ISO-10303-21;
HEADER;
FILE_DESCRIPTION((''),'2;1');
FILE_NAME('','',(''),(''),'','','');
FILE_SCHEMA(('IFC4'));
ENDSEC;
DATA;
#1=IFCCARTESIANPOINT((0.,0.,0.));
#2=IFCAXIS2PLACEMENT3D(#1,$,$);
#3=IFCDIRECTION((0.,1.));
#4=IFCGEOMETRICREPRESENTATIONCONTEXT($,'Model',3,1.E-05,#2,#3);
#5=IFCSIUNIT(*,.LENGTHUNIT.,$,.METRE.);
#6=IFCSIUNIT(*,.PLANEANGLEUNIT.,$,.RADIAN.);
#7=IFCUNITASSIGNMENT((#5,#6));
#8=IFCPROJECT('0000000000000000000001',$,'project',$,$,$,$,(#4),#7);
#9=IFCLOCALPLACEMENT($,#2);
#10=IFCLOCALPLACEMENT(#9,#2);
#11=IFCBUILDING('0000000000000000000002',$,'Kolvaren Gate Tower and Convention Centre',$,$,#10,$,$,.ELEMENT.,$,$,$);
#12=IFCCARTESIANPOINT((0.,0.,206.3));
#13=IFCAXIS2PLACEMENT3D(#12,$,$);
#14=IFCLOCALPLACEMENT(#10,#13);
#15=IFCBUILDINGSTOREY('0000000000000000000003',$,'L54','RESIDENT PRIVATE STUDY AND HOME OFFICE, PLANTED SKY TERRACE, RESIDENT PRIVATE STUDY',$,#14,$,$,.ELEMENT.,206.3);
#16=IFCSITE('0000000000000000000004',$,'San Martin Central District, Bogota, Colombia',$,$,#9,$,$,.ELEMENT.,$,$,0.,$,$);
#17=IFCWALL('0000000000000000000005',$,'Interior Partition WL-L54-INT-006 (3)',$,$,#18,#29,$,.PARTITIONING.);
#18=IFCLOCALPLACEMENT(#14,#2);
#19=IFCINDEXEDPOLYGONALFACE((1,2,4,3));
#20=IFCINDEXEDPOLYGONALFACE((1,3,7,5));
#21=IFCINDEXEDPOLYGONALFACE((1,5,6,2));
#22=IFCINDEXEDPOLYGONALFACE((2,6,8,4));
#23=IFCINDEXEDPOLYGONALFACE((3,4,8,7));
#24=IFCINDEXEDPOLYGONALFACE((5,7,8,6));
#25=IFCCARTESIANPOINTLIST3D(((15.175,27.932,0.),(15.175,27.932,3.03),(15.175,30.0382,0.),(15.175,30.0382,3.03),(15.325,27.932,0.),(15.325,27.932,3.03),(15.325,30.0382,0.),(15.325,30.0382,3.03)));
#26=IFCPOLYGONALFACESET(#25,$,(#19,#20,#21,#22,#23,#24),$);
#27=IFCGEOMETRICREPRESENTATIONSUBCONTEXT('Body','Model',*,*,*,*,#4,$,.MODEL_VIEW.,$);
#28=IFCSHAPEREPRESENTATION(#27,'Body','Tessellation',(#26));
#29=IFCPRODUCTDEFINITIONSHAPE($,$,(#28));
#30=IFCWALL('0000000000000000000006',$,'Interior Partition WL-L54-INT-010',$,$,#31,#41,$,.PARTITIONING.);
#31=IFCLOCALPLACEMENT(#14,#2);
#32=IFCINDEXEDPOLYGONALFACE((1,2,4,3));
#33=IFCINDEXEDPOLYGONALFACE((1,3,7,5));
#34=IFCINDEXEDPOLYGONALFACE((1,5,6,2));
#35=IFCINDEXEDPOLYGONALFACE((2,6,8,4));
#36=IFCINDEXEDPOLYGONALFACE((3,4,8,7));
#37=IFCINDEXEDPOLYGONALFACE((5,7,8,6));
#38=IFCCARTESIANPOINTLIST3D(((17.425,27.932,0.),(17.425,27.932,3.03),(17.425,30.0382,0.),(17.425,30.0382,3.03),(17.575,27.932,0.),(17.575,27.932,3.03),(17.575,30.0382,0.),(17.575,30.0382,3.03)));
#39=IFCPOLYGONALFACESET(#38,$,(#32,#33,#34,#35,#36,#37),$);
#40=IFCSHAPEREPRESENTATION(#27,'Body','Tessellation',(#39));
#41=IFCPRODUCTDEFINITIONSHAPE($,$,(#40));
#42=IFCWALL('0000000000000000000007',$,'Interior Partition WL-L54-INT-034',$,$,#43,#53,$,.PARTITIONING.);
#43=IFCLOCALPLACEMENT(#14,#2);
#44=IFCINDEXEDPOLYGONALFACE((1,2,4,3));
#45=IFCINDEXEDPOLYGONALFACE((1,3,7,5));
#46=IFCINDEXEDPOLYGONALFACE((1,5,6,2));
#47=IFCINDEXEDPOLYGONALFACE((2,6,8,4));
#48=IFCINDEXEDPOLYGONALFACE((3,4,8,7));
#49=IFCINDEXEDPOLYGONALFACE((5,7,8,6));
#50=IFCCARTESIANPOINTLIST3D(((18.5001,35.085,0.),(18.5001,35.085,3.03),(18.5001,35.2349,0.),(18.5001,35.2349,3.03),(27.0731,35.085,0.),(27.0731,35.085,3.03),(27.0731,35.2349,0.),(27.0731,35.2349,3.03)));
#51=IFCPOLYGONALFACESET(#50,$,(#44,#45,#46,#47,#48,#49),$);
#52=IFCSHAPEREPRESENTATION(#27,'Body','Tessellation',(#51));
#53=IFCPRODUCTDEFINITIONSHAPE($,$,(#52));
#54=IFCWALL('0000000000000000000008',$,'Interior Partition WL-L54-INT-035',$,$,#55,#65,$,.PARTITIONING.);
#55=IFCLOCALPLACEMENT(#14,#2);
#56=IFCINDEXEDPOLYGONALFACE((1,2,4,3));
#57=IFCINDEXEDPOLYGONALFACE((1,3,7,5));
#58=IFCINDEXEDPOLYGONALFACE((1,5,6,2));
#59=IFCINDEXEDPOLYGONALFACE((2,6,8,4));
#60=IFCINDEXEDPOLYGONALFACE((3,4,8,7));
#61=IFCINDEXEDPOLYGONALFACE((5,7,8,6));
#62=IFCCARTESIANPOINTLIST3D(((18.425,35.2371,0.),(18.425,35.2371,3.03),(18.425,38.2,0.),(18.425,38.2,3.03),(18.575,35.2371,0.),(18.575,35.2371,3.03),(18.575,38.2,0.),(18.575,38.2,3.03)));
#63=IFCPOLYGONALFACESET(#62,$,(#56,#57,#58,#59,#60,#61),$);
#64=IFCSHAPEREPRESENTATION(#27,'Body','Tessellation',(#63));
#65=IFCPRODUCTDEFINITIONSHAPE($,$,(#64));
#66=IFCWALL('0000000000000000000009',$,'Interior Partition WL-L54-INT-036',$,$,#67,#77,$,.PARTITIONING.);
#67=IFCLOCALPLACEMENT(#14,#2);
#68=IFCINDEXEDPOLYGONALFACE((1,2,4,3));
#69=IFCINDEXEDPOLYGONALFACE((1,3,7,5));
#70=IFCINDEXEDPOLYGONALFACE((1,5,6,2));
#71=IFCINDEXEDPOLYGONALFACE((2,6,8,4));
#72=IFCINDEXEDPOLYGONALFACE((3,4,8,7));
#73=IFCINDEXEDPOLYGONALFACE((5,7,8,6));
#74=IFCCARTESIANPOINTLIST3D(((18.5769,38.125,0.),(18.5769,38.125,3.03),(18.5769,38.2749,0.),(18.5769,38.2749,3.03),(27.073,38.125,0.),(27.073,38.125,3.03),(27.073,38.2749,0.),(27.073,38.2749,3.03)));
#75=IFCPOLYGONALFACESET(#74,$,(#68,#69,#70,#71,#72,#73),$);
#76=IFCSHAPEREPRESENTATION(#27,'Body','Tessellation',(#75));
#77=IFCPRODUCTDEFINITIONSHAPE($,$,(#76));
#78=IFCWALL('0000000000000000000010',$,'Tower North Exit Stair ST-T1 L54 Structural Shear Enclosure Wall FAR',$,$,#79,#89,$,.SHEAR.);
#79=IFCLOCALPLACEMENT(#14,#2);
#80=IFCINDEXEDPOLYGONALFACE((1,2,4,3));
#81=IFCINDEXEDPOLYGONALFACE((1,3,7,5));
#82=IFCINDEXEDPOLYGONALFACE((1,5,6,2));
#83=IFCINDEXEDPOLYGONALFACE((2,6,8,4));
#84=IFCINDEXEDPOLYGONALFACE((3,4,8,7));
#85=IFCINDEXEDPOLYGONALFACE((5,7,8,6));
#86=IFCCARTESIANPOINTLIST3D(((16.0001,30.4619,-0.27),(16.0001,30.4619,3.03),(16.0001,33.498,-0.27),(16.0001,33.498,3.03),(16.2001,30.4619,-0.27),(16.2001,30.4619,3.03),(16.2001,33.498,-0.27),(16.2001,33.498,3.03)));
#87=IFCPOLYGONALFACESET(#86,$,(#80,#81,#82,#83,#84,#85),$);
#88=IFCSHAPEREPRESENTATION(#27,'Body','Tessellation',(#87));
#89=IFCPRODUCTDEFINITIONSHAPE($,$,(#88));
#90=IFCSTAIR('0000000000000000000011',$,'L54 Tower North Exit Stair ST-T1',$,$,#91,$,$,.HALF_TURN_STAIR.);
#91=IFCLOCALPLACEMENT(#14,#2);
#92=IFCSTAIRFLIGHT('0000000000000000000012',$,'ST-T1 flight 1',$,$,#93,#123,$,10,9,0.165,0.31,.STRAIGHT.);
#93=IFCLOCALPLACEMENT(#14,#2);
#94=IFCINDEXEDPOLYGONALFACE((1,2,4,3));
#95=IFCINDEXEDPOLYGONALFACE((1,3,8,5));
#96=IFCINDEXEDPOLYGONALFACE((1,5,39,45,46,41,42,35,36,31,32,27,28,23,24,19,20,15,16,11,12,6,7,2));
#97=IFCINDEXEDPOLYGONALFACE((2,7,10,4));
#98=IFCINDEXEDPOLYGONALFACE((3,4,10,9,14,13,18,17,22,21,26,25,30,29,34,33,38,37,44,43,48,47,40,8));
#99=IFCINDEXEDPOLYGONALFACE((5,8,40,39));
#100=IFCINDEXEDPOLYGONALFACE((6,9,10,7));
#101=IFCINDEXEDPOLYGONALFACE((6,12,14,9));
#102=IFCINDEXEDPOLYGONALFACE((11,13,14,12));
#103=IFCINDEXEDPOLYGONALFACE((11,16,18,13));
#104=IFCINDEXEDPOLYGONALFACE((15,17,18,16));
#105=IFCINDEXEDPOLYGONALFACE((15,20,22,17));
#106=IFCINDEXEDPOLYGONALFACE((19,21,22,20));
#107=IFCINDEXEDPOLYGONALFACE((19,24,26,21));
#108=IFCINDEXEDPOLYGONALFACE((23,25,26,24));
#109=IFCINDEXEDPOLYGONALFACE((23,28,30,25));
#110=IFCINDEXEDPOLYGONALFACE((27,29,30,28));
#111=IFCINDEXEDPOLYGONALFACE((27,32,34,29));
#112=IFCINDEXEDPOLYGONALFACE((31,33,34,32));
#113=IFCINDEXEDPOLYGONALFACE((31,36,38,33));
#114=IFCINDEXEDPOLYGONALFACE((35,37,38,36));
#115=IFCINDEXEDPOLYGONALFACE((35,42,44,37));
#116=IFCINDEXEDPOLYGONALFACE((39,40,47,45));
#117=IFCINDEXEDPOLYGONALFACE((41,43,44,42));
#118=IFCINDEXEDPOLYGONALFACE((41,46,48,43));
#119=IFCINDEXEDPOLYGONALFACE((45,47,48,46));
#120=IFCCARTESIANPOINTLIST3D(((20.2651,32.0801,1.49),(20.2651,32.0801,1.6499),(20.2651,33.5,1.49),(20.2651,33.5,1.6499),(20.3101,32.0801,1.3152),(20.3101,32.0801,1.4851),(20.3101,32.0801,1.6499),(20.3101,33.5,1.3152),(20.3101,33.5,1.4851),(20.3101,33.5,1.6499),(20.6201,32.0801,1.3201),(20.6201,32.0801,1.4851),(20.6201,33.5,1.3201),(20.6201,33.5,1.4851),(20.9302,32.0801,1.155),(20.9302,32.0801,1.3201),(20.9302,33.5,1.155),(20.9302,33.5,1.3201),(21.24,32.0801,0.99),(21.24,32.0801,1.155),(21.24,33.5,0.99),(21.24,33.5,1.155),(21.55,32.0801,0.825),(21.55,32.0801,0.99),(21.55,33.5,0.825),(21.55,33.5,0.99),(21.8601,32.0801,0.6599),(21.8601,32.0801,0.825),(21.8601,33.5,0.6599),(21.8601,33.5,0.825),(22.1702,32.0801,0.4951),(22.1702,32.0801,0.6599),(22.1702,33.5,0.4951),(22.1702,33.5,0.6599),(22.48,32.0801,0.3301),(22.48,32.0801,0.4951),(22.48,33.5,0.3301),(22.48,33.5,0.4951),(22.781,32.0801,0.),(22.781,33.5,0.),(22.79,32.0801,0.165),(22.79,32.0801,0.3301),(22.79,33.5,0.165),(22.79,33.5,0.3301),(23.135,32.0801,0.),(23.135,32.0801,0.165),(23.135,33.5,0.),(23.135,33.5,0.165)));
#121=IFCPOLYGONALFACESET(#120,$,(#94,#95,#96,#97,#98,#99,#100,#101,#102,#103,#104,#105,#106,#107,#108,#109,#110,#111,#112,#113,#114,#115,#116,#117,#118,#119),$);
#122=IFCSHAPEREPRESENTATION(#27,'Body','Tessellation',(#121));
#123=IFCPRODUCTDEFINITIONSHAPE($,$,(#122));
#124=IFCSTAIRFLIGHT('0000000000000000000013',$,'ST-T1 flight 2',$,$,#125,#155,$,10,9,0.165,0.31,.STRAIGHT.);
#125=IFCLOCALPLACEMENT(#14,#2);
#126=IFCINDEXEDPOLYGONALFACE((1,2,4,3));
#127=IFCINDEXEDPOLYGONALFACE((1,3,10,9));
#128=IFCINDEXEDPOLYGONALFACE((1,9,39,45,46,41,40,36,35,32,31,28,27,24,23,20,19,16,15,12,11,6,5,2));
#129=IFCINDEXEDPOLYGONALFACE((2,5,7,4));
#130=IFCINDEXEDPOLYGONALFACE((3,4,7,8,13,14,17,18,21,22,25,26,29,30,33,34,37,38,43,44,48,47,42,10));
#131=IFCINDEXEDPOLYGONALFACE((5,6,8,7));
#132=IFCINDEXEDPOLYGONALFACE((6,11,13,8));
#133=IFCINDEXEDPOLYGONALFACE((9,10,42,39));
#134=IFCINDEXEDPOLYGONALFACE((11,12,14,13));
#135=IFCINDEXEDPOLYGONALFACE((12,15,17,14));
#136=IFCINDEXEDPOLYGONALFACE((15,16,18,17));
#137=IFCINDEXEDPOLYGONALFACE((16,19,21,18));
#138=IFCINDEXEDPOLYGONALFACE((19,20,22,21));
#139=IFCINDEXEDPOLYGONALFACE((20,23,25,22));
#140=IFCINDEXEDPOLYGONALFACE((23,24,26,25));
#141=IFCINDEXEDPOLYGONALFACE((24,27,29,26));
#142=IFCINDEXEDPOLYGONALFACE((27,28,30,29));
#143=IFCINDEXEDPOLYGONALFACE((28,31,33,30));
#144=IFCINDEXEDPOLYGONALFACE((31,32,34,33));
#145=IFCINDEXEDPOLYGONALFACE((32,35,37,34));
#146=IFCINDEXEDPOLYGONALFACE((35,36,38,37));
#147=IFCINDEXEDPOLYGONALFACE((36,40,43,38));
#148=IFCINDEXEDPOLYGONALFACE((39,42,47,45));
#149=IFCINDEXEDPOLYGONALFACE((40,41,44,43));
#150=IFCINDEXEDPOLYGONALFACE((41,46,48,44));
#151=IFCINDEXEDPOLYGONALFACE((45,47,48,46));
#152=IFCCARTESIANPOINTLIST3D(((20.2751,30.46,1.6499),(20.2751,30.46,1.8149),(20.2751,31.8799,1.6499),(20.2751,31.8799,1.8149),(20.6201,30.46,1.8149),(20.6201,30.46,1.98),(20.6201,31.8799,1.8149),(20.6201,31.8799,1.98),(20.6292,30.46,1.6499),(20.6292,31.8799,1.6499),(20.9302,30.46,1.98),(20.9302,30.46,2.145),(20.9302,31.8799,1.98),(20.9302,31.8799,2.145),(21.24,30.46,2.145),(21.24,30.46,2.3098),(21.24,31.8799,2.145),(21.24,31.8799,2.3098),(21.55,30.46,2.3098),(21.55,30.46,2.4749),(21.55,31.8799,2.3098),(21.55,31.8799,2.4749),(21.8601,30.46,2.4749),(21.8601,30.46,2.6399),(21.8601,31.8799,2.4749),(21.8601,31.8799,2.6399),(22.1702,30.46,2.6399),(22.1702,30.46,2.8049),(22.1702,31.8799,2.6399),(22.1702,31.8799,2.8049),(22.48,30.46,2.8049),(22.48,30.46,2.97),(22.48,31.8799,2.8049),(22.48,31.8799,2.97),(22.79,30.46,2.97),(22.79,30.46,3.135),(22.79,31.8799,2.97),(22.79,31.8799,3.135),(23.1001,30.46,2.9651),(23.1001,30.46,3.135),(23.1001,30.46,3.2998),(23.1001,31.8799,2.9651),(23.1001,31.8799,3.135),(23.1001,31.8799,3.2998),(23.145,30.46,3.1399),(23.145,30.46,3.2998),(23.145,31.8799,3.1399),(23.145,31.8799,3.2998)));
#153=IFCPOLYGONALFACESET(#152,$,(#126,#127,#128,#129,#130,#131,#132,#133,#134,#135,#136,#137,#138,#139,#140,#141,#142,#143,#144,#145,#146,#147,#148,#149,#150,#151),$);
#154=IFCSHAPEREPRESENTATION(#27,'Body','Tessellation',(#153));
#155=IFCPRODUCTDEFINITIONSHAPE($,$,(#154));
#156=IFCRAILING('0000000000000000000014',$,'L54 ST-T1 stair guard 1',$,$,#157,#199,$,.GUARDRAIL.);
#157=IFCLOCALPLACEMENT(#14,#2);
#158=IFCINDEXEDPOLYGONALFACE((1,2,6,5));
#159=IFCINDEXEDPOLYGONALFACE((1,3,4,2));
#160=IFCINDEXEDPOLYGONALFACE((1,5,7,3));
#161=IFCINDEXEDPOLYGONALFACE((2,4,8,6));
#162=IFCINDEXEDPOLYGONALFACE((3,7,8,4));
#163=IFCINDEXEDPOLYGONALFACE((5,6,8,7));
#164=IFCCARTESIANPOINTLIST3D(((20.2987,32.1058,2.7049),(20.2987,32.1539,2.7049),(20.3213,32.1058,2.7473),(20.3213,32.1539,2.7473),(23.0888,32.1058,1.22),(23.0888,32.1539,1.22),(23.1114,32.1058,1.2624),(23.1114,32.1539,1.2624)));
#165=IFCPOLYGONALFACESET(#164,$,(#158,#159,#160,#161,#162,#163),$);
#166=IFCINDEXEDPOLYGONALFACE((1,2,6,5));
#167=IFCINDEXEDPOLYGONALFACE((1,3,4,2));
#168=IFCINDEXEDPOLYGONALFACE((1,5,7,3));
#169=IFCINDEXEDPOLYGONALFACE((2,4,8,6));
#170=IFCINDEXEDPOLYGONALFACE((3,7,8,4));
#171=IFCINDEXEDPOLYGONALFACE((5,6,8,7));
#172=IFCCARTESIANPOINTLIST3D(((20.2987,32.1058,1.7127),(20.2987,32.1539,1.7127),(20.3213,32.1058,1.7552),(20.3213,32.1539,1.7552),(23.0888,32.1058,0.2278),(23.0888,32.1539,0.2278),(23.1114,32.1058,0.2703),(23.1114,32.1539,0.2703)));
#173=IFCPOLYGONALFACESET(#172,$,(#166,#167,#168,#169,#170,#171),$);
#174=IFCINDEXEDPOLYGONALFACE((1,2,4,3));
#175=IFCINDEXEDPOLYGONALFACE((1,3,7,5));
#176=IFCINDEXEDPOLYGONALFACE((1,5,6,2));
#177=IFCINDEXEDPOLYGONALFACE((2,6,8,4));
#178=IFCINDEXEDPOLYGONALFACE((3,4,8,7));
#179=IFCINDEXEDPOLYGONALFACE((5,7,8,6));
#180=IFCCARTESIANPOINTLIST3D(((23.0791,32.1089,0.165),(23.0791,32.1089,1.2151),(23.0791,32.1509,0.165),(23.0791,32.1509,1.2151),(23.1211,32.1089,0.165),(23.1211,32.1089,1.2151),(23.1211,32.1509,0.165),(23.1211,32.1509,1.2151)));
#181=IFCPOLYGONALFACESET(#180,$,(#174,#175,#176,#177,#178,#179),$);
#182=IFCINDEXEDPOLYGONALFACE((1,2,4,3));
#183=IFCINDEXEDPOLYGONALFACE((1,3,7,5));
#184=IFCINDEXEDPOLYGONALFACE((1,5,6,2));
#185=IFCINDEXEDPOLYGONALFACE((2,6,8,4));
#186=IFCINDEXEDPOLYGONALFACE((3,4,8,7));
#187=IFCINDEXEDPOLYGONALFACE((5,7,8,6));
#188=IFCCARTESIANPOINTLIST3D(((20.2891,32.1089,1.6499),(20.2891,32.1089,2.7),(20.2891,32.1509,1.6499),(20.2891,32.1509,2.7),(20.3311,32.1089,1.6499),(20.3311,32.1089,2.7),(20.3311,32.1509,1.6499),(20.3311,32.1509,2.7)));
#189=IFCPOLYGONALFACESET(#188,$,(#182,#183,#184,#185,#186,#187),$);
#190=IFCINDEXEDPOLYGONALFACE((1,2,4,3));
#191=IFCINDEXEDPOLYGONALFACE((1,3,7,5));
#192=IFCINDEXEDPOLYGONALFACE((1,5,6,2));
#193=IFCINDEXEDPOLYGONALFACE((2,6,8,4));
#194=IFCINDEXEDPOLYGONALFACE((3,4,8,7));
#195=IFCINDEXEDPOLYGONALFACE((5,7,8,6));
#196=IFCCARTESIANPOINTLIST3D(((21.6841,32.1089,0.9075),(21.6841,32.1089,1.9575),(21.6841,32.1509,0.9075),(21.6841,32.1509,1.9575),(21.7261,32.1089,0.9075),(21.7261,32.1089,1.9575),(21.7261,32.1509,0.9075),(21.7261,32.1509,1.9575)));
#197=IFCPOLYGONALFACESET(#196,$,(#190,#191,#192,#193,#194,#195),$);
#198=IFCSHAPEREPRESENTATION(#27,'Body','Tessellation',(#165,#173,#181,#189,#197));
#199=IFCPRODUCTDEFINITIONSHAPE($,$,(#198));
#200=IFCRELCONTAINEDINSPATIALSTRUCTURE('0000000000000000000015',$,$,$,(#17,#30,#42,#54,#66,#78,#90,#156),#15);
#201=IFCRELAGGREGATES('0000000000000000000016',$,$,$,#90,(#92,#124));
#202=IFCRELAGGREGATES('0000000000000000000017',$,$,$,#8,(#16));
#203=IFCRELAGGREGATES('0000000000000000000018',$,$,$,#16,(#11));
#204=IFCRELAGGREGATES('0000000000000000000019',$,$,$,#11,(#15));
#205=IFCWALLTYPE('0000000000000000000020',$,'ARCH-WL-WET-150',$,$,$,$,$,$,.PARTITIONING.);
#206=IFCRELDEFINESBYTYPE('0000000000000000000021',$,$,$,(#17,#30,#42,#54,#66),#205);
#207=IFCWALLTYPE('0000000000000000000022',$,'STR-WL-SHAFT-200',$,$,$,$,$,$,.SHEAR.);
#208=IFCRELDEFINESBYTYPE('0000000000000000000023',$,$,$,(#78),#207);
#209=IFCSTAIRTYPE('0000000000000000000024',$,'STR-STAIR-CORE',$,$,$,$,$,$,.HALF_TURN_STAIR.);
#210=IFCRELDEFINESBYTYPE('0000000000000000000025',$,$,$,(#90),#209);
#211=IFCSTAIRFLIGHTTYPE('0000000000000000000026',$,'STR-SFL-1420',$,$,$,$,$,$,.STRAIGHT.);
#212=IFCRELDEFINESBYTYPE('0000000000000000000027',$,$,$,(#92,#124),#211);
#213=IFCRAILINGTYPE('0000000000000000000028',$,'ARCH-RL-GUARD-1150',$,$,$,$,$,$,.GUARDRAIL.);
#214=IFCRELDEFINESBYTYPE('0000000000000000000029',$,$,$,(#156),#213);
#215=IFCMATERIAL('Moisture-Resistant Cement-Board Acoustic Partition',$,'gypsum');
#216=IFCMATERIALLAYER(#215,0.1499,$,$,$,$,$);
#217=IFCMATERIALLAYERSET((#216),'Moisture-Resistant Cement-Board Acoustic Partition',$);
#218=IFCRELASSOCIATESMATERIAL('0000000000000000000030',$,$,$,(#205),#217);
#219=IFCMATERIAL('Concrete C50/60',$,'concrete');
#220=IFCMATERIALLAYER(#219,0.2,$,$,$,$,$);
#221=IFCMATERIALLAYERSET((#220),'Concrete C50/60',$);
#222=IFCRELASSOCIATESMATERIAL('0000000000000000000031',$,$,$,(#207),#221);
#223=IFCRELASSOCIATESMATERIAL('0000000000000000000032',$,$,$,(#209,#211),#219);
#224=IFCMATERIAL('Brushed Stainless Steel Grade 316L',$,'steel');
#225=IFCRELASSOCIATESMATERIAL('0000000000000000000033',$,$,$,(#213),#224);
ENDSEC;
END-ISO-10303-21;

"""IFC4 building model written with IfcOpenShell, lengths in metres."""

from ifc_helpers import new_model, si_unit, direction, frame, frame_2d, origin, origin_2d, place, context, subcontext, project, spatial, polyline, rectangle, outline, extrude, material, layer, layer_set, type_object, element, aggregate, save


model = new_model("IFC4")

# Units and contexts
model_context = context("Model", 3, precision=1e-05, world=origin(), true_north=direction((0.0, 1.0)))
body_context = subcontext(model_context, "Body", "Model", "MODEL_VIEW")
ifc_project = project(units=[si_unit("LENGTHUNIT", "METRE"), si_unit("PLANEANGLEUNIT", "RADIAN")], contexts=[model_context])

# Site, building, storey
site_placement = place(None, origin())
site = spatial("IfcSite", under=ifc_project, at=site_placement, Name="San Martin Central District, Bogota, Colombia", CompositionType="ELEMENT", RefElevation=0.0)
building_placement = place(site_placement, origin())
building = spatial("IfcBuilding", under=site, at=building_placement, Name="Kolvaren Gate Tower and Convention Centre", CompositionType="ELEMENT")
storey_placement = place(building_placement, frame((0.0, 0.0, 206.3)))
storey = spatial("IfcBuildingStorey", under=building, at=storey_placement, Name="L54", Description="RESIDENT PRIVATE STUDY AND HOME OFFICE, PLANTED SKY TERRACE, RESIDENT PRIVATE STUDY", CompositionType="ELEMENT", Elevation=206.3)

# Walls
ifc_material_1 = material(Name="Moisture-Resistant Cement-Board Acoustic Partition", Category="gypsum")
ifc_layer_1 = layer(ifc_material_1, 0.1499)
ifc_layer_set_1 = layer_set([ifc_layer_1], Name="Moisture-Resistant Cement-Board Acoustic Partition")
wall_type_1 = type_object("IfcWallType", Name="ARCH-WL-WET-150", PredefinedType="PARTITIONING", material=ifc_layer_set_1)
for number, where, z_axis, x_axis, name in (
    (1, (15.25, 27.9319, 0.0), (0.0, 0.0, 1.0), (0.0, 1.0, 0.0), "Interior Partition WL-L54-INT-006 (3)"),
    (2, (17.5, 27.9319, 0.0), (0.0, 0.0, 1.0), (0.0, 1.0, 0.0), "Interior Partition WL-L54-INT-010"),
):
    element("IfcWall", number, at=place(storey_placement, frame(where, z_axis=z_axis, x_axis=x_axis)), inside=storey, type_object=wall_type_1, Name=name, PredefinedType="PARTITIONING", context=body_context, shape_type="SweptSolid", body=[
        extrude(rectangle(XDim=2.1062, YDim=0.1499, at=frame_2d((1.0532, 0.0))), origin(), (0.0, 0.0, 1.0), 3.03),
    ])
wall_1_placement = place(storey_placement, frame((18.5, 35.1599, 0.0), z_axis=(0.0, 0.0, 1.0), x_axis=(1.0, 0.0, 0.0)))
element("IfcWall", 3, at=wall_1_placement, inside=storey, type_object=wall_type_1, Name="Interior Partition WL-L54-INT-034", PredefinedType="PARTITIONING", context=body_context, shape_type="SweptSolid", body=[
    extrude(rectangle(XDim=8.573, YDim=0.1499, at=frame_2d((4.2866, 0.0))), origin(), (0.0, 0.0, 1.0), 3.03),
])
wall_2_placement = place(storey_placement, frame((18.5, 35.2371, 0.0), z_axis=(0.0, 0.0, 1.0), x_axis=(0.0, 1.0, 0.0)))
element("IfcWall", 4, at=wall_2_placement, inside=storey, type_object=wall_type_1, Name="Interior Partition WL-L54-INT-035", PredefinedType="PARTITIONING", context=body_context, shape_type="SweptSolid", body=[
    extrude(rectangle(XDim=2.9629, YDim=0.1499, at=frame_2d((1.4814, 0.0))), origin(), (0.0, 0.0, 1.0), 3.03),
])
wall_3_placement = place(storey_placement, frame((18.5769, 38.2, 0.0), z_axis=(0.0, 0.0, 1.0), x_axis=(1.0, 0.0, 0.0)))
element("IfcWall", 5, at=wall_3_placement, inside=storey, type_object=wall_type_1, Name="Interior Partition WL-L54-INT-036", PredefinedType="PARTITIONING", context=body_context, shape_type="SweptSolid", body=[
    extrude(rectangle(XDim=8.4961, YDim=0.1499, at=frame_2d((4.248, 0.0))), origin(), (0.0, 0.0, 1.0), 3.03),
])
ifc_material_2 = material(Name="Concrete C50/60", Category="concrete")
ifc_layer_2 = layer(ifc_material_2, 0.2)
ifc_layer_set_2 = layer_set([ifc_layer_2], Name="Concrete C50/60")
wall_type_2 = type_object("IfcWallType", Name="STR-WL-SHAFT-200", PredefinedType="SHEAR", material=ifc_layer_set_2)
wall_4_placement = place(storey_placement, frame((16.1001, 30.4619, -0.27), z_axis=(0.0, 0.0, 1.0), x_axis=(0.0, 1.0, 0.0)))
element("IfcWall", 6, at=wall_4_placement, inside=storey, type_object=wall_type_2, Name="Tower North Exit Stair ST-T1 L54 Structural Shear Enclosure Wall FAR", PredefinedType="SHEAR", context=body_context, shape_type="SweptSolid", body=[
    extrude(rectangle(XDim=3.0361, YDim=0.2, at=frame_2d((1.5181, 0.0))), origin(), (0.0, 0.0, 1.0), 3.3),
])

# Stair, stair flights
stair_type = type_object("IfcStairType", Name="STR-STAIR-CORE", PredefinedType="HALF_TURN_STAIR", material=ifc_material_2)
stair_placement = place(storey_placement, origin())
stair = element("IfcStair", 7, at=stair_placement, inside=storey, type_object=stair_type, Name="L54 Tower North Exit Stair ST-T1", PredefinedType="HALF_TURN_STAIR")
stair_flight_type = type_object("IfcStairFlightType", Name="STR-SFL-1420", PredefinedType="STRAIGHT", material=ifc_material_2)
stair_flight_1_placement = place(storey_placement, frame((23.1001, 32.79, 0.0), z_axis=(0.0, 0.0, 1.0), x_axis=(-1.0, 0.0, 0.0)))
stair_flight_1 = element("IfcStairFlight", 8, at=stair_flight_1_placement, type_object=stair_flight_type, Name="ST-T1 flight 1", NumberOfRisers=10, NumberOfTreads=9, PredefinedType="STRAIGHT", RiserHeight=0.165, TreadLength=0.31, context=body_context, shape_type="SweptSolid", body=[
    extrude(outline(polyline([(-0.0349, 0.0), (-0.0349, 0.165), (0.3101, 0.165), (0.3101, 0.3301), (0.6201, 0.3301), (0.6201, 0.4951), (0.9299, 0.4951), (0.9299, 0.6599), (1.24, 0.6599), (1.24, 0.825), (1.55, 0.825), (1.55, 0.99), (1.8601, 0.99), (1.8601, 1.155), (2.1699, 1.155), (2.1699, 1.3201), (2.48, 1.3201), (2.48, 1.4851), (2.79, 1.4851), (2.79, 1.6499), (2.835, 1.6499), (2.835, 1.49), (2.79, 1.3152), (0.3191, 0.0), (-0.0349, 0.0)])), frame((0.0, 0.71, 0.0), z_axis=(0.0, -1.0, 0.0), x_axis=(1.0, 0.0, 0.0)), (0.0, 0.0, 1.0), 1.4199),
])
stair_flight_2_placement = place(storey_placement, frame((20.3101, 31.1699, 1.6499), z_axis=(0.0, 0.0, 1.0), x_axis=(1.0, 0.0, 0.0)))
stair_flight_2 = element("IfcStairFlight", 9, at=stair_flight_2_placement, type_object=stair_flight_type, Name="ST-T1 flight 2", NumberOfRisers=10, NumberOfTreads=9, PredefinedType="STRAIGHT", RiserHeight=0.165, TreadLength=0.31, context=body_context, shape_type="SweptSolid", body=[
    extrude(outline(polyline([(-0.0349, 0.0), (-0.0349, 0.165), (0.3101, 0.165), (0.3101, 0.3301), (0.6201, 0.3301), (0.6201, 0.4951), (0.9299, 0.4951), (0.9299, 0.6599), (1.24, 0.6599), (1.24, 0.825), (1.55, 0.825), (1.55, 0.99), (1.8601, 0.99), (1.8601, 1.155), (2.1699, 1.155), (2.1699, 1.3201), (2.48, 1.3201), (2.48, 1.4851), (2.79, 1.4851), (2.79, 1.6499), (2.835, 1.6499), (2.835, 1.49), (2.79, 1.3152), (0.3191, 0.0), (-0.0349, 0.0)])), frame((0.0, 0.71, 0.0), z_axis=(0.0, -1.0, 0.0), x_axis=(1.0, 0.0, 0.0)), (0.0, 0.0, 1.0), 1.4199),
])
aggregate(stair, [stair_flight_1, stair_flight_2])

# Railing
ifc_material_3 = material(Name="Brushed Stainless Steel Grade 316L", Category="steel")
railing_type_1 = type_object("IfcRailingType", Name="ARCH-RL-GUARD-1150", PredefinedType="GUARDRAIL", material=ifc_material_3)
railing_1_placement = place(storey_placement, frame((23.1001, 32.1299, 0.165)))
element("IfcRailing", 10, at=railing_1_placement, inside=storey, type_object=railing_type_1, Name="L54 ST-T1 stair guard 1", PredefinedType="GUARDRAIL", context=body_context, shape_type="SweptSolid", body=[
    extrude(rectangle(XDim=0.0481, YDim=0.0481, at=origin_2d()), frame((0.0, 0.0, 1.0762), z_axis=(-0.882767, 0.0, 0.46981), x_axis=(0.0, -1.0, 0.0)), (0.0, 0.0, 1.0), 3.1606),
    extrude(rectangle(XDim=0.0481, YDim=0.0481, at=origin_2d()), frame((0.0, 0.0, 0.084), z_axis=(-0.882767, 0.0, 0.46981), x_axis=(0.0, -1.0, 0.0)), (0.0, 0.0, 1.0), 3.1606),
    extrude(rectangle(XDim=0.042, YDim=0.042, at=origin_2d()), origin(), (0.0, 0.0, 1.0), 1.05),
    extrude(rectangle(XDim=0.042, YDim=0.042, at=origin_2d()), frame((-2.79, 0.0, 1.4849)), (0.0, 0.0, 1.0), 1.05),
    extrude(rectangle(XDim=0.042, YDim=0.042, at=origin_2d()), frame((-1.395, 0.0, 0.7424)), (0.0, 0.0, 1.0), 1.05),
])

save(model, "model.ifc")
